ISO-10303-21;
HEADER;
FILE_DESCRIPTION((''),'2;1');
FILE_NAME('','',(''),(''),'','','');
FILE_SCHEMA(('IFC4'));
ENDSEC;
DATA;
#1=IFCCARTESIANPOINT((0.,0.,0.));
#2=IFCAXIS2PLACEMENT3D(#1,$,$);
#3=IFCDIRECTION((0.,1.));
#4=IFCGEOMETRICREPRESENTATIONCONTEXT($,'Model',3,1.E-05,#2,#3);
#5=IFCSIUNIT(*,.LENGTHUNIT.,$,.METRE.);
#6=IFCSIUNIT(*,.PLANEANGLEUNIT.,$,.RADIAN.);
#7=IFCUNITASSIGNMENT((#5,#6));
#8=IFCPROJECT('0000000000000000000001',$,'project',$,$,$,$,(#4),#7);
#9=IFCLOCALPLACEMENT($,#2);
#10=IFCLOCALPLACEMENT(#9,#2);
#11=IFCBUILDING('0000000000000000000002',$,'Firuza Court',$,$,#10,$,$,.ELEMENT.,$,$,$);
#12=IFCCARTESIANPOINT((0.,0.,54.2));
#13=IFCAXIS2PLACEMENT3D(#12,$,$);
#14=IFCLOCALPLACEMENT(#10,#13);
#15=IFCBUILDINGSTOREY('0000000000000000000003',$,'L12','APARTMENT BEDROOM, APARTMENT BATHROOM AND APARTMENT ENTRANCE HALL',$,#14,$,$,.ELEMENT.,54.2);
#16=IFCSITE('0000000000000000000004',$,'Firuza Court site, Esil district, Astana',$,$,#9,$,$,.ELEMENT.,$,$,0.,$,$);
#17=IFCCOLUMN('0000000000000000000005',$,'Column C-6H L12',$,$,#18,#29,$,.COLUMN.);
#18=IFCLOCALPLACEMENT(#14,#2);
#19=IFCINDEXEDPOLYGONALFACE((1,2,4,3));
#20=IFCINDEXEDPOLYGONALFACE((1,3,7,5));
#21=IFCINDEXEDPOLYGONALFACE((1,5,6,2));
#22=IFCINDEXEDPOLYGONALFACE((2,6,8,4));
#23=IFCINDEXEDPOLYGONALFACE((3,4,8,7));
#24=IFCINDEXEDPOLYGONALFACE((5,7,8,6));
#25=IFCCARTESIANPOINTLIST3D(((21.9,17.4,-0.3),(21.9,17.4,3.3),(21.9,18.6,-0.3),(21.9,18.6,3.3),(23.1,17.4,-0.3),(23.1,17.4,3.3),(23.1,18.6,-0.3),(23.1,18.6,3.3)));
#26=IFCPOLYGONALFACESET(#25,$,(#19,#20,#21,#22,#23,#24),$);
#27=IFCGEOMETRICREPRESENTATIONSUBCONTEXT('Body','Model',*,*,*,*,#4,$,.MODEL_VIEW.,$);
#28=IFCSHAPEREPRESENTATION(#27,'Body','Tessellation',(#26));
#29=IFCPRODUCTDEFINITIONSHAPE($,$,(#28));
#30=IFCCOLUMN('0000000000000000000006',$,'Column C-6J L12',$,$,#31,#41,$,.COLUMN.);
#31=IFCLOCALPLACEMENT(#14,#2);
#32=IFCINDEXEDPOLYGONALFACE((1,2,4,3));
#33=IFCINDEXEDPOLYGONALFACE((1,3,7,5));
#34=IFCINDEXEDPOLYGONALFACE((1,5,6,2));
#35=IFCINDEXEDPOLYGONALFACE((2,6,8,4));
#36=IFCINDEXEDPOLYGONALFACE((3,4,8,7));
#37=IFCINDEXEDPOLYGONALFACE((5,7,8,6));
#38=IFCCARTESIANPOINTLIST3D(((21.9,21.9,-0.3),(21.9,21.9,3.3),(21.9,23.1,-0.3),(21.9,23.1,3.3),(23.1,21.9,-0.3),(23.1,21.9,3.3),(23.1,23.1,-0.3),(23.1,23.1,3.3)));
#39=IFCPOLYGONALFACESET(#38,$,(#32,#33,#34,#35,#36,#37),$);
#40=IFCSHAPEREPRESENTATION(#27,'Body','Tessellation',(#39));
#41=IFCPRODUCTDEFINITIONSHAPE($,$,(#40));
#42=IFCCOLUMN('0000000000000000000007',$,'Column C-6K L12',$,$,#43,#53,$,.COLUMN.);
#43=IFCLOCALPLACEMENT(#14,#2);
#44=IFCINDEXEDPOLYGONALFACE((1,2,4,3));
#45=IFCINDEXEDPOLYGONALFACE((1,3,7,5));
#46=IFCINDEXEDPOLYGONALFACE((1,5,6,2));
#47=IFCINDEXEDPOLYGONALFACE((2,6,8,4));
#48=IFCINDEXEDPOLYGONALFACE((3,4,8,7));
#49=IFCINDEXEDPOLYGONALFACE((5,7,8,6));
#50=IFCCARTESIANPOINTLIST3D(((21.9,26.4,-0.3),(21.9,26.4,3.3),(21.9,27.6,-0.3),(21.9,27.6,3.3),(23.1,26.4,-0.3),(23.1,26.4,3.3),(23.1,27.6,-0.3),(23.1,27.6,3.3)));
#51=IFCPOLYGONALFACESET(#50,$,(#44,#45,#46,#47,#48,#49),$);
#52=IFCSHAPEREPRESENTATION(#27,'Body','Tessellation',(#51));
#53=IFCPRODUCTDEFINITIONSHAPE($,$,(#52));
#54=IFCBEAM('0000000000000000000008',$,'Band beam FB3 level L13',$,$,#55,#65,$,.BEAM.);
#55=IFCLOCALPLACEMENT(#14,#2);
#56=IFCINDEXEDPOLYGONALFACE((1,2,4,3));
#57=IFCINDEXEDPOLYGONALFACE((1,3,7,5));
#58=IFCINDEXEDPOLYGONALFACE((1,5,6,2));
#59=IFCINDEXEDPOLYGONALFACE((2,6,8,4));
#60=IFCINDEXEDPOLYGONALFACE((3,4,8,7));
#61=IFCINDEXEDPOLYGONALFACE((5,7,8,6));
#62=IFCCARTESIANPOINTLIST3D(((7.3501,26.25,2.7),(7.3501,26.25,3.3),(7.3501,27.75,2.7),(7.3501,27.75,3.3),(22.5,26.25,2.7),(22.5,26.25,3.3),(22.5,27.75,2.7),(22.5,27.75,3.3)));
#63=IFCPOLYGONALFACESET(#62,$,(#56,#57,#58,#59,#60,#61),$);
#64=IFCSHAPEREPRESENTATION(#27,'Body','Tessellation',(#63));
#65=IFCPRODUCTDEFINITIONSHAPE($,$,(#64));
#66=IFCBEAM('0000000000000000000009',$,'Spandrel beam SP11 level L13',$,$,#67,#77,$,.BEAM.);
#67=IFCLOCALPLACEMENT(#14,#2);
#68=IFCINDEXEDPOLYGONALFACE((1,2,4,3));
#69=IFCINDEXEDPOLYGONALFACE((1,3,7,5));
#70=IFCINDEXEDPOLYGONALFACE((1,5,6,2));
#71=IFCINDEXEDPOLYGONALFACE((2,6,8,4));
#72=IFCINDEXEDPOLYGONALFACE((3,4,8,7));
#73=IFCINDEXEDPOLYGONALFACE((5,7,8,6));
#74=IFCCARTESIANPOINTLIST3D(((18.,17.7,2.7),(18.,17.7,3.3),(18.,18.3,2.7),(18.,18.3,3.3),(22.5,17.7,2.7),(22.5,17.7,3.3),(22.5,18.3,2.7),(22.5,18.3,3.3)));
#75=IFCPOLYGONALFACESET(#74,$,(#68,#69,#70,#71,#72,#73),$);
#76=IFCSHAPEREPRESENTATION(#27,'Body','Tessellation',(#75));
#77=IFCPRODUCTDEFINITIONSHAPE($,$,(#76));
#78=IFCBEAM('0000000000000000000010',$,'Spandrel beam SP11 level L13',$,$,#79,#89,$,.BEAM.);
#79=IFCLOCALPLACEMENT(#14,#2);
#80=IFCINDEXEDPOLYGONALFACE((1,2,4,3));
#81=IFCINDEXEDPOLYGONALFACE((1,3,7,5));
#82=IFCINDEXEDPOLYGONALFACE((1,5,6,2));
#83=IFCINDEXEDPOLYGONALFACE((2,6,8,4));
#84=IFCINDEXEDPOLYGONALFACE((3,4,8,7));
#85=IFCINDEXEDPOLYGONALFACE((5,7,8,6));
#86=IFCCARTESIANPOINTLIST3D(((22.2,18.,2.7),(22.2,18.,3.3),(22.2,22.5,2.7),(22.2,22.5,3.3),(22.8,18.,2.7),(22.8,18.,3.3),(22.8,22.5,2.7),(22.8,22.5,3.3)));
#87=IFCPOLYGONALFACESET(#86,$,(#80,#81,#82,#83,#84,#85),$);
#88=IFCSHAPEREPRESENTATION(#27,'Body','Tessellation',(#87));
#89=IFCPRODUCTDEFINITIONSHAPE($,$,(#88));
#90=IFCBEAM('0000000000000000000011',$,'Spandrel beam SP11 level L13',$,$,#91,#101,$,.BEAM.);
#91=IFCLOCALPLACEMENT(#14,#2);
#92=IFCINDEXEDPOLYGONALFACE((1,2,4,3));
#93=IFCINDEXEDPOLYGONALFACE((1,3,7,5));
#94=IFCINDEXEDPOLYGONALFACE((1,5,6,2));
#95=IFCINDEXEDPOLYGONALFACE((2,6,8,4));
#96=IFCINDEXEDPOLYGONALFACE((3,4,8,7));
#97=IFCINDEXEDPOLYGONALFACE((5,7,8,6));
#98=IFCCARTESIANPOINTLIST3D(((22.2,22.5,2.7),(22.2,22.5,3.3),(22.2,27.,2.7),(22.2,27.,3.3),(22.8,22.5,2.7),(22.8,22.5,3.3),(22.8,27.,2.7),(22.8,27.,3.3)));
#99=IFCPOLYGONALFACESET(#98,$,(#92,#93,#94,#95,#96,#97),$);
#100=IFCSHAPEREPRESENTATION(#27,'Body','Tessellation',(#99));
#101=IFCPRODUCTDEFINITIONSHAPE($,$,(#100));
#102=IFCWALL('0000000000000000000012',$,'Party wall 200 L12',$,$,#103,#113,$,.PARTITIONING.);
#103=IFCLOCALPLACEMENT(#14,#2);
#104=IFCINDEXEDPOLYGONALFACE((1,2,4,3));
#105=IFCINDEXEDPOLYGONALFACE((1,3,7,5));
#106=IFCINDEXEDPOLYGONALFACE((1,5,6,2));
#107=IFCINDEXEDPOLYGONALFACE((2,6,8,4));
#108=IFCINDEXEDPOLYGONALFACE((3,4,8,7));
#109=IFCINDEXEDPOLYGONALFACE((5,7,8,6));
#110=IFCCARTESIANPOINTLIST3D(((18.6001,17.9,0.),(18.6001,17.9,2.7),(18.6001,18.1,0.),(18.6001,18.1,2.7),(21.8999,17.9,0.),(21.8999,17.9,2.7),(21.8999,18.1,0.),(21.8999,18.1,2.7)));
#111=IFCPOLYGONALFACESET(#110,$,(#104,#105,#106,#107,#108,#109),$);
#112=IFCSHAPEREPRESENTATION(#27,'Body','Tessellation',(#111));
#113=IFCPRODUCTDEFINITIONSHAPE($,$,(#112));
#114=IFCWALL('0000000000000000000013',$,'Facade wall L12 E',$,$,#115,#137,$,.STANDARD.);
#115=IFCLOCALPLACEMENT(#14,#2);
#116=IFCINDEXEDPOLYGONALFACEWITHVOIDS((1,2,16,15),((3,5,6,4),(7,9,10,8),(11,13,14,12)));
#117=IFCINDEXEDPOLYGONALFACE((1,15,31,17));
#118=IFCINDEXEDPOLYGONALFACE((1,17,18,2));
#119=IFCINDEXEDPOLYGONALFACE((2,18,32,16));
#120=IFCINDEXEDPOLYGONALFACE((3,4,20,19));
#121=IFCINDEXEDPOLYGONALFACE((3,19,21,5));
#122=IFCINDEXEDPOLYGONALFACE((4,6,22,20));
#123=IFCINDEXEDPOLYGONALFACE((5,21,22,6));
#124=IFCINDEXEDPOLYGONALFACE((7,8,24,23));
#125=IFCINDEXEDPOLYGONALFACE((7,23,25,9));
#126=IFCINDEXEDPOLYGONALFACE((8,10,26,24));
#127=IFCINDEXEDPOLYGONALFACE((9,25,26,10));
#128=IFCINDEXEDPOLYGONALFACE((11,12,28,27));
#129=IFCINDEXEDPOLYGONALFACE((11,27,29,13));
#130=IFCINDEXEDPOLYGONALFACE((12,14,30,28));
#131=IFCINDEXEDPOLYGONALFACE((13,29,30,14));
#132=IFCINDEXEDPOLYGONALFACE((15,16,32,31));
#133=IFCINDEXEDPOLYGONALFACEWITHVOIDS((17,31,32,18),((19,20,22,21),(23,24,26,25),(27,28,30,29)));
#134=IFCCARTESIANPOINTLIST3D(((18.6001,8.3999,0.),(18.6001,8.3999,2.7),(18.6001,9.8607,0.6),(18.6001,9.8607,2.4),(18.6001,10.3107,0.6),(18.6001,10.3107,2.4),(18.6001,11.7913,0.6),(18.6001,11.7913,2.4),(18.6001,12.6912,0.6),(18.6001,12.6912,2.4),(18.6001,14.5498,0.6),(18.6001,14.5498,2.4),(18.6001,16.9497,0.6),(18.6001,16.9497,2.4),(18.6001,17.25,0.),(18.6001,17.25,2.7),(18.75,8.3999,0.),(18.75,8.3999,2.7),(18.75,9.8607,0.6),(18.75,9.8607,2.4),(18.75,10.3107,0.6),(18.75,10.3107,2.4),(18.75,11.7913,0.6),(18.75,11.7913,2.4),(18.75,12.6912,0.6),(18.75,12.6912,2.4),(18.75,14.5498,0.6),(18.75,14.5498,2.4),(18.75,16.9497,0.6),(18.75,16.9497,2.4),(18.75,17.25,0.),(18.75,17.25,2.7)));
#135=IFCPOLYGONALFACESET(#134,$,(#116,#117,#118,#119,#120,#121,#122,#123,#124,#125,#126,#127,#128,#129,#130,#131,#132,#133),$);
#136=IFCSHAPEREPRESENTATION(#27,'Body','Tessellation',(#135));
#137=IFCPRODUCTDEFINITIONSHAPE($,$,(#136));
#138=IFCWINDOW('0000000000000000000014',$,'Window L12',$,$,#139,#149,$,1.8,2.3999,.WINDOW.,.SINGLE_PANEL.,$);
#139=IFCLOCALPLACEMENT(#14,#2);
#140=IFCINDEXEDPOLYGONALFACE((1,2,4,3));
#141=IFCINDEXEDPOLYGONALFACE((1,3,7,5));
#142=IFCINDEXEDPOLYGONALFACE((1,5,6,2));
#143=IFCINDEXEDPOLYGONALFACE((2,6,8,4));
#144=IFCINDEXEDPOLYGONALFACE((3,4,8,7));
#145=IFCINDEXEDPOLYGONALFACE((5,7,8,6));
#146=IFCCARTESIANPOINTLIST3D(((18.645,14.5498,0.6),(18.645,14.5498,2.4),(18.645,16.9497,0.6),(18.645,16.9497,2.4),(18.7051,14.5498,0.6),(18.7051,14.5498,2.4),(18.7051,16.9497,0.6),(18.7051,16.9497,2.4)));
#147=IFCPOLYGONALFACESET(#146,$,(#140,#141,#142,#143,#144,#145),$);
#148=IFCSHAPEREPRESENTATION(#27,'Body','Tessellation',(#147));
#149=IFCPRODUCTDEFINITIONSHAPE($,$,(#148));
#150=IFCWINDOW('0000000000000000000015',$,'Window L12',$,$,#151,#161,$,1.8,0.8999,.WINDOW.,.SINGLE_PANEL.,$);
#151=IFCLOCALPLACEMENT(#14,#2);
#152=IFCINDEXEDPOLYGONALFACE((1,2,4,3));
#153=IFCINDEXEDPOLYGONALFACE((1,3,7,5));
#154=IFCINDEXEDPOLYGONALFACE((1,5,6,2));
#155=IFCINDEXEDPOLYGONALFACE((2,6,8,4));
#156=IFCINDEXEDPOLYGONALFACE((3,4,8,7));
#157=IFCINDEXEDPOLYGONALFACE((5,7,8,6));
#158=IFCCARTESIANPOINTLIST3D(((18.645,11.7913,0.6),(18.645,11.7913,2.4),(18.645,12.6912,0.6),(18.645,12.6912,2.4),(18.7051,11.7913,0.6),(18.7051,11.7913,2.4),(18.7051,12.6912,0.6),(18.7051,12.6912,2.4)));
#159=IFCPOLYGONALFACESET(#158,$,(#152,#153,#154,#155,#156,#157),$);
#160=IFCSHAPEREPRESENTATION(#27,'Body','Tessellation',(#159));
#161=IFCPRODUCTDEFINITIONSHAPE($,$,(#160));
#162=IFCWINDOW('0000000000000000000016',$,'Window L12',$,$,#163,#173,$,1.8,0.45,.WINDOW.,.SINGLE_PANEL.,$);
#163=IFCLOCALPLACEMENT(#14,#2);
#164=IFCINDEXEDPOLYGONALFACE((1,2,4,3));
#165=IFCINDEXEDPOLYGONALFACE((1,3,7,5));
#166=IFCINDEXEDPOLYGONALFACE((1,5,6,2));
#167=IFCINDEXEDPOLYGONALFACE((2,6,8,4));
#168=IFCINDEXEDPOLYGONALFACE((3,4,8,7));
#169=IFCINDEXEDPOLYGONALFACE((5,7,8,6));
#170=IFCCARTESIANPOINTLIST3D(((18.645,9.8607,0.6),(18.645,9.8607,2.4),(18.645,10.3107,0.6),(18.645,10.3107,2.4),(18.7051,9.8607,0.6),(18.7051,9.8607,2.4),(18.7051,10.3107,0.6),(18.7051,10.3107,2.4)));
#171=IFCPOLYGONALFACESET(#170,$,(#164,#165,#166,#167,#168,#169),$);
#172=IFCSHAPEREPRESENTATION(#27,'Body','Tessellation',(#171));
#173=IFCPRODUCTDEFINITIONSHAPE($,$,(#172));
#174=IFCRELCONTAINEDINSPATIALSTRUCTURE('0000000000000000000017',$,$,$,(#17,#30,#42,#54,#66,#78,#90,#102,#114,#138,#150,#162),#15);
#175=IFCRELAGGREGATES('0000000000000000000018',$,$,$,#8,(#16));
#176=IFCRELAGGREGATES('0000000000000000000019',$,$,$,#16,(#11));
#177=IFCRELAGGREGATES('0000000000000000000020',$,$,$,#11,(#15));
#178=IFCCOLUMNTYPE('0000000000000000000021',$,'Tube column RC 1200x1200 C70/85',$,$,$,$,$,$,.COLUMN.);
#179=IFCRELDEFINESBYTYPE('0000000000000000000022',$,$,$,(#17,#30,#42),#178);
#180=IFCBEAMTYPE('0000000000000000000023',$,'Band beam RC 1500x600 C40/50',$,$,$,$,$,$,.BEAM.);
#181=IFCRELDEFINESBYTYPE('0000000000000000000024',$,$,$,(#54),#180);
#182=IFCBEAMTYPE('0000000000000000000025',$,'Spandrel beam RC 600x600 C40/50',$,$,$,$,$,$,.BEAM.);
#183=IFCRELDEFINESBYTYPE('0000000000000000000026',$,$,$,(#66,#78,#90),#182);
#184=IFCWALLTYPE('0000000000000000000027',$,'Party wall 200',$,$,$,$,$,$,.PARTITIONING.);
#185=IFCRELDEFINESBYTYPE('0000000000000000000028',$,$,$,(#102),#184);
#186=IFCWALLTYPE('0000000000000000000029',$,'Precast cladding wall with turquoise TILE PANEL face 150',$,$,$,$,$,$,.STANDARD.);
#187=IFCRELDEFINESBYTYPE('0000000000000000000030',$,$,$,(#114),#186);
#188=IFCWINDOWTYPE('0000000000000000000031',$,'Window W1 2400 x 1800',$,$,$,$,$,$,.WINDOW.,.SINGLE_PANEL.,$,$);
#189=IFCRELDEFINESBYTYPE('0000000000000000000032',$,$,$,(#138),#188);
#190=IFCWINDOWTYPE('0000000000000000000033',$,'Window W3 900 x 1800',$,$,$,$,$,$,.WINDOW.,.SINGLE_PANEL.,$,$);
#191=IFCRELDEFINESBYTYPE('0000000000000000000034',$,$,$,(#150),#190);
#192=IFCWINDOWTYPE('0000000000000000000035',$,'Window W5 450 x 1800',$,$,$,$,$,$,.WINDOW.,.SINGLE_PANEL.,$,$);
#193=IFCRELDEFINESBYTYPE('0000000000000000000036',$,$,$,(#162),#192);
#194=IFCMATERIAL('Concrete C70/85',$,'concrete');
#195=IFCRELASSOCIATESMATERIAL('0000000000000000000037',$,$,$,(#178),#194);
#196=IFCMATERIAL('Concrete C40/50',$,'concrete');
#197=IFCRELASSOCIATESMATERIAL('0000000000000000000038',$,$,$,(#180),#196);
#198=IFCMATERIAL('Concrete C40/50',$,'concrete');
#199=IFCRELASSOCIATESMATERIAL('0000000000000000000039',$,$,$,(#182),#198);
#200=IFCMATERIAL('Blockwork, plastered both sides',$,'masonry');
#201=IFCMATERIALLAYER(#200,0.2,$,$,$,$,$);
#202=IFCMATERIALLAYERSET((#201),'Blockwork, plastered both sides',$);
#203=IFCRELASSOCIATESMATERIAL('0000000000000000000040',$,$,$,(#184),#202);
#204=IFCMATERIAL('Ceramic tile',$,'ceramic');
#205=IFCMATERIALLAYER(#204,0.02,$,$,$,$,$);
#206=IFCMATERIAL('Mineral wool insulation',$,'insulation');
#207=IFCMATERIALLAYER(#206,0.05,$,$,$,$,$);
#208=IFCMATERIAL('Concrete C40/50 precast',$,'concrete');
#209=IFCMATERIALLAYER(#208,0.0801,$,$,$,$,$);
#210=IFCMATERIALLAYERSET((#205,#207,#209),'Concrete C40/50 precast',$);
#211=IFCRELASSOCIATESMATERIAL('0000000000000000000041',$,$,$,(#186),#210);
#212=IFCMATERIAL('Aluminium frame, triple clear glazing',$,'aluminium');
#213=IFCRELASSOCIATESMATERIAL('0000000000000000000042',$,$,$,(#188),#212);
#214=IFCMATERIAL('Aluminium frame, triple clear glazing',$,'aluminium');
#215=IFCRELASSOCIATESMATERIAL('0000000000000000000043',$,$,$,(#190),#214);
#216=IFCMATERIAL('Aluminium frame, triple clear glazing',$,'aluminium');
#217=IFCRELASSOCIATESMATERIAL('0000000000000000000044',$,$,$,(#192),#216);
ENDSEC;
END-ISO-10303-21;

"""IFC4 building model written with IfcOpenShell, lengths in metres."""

from ifc_helpers import new_model, si_unit, direction, frame, frame_2d, origin, origin_2d, place, context, subcontext, project, spatial, rectangle, extrude, material, layer, layer_set, material_profile, profile_set, type_object, element, fill, save


model = new_model("IFC4")

# Units and contexts
model_context = context("Model", 3, precision=1e-05, world=origin(), true_north=direction((0.0, 1.0)))
body_context = subcontext(model_context, "Body", "Model", "MODEL_VIEW")
ifc_project = project(units=[si_unit("LENGTHUNIT", "METRE"), si_unit("PLANEANGLEUNIT", "RADIAN")], contexts=[model_context])

# Site, building, storey
site_placement = place(None, origin())
site = spatial("IfcSite", under=ifc_project, at=site_placement, Name="Firuza Court site, Esil district, Astana", CompositionType="ELEMENT", RefElevation=0.0)
building_placement = place(site_placement, origin())
building = spatial("IfcBuilding", under=site, at=building_placement, Name="Firuza Court", CompositionType="ELEMENT")
storey_placement = place(building_placement, frame((0.0, 0.0, 54.2)))
storey = spatial("IfcBuildingStorey", under=building, at=storey_placement, Name="L12", Description="APARTMENT BEDROOM, APARTMENT BATHROOM AND APARTMENT ENTRANCE HALL", CompositionType="ELEMENT", Elevation=54.2)

# Columns
ifc_material_1 = material(Name="Concrete C70/85", Category="concrete")
ifc_material_profile_1 = material_profile(ifc_material_1, rectangle(XDim=1.2, YDim=1.2, at=origin_2d()), Name="RC 1200x1200")
ifc_profile_set_1 = profile_set([ifc_material_profile_1], Name="Concrete C70/85")
column_type = type_object("IfcColumnType", Name="Tube column RC 1200x1200 C70/85", PredefinedType="COLUMN", material=ifc_profile_set_1)
for number, where, z_axis, x_axis, name in (
    (1, (22.5, 18.0, -0.3), (0.0, 0.0, 1.0), (1.0, 0.0, 0.0), "Column C-6H L12"),
    (2, (22.5, 22.5, -0.3), (0.0, 0.0, 1.0), (1.0, 0.0, 0.0), "Column C-6J L12"),
    (3, (22.5, 27.0, -0.3), (0.0, 0.0, 1.0), (1.0, 0.0, 0.0), "Column C-6K L12"),
):
    element("IfcColumn", number, at=place(storey_placement, frame(where, z_axis=z_axis, x_axis=x_axis)), inside=storey, type_object=column_type, Name=name, PredefinedType="COLUMN", context=body_context, shape_type="SweptSolid", body=[
        extrude(rectangle(XDim=1.2, YDim=1.2, at=origin_2d()), origin(), (0.0, 0.0, 1.0), 3.6001),
    ])

# Beams
ifc_material_2 = material(Name="Concrete C40/50", Category="concrete")
ifc_material_profile_2 = material_profile(ifc_material_2, rectangle(XDim=1.5, YDim=0.6001, at=origin_2d()), Name="RC 1500x600")
ifc_profile_set_2 = profile_set([ifc_material_profile_2], Name="Concrete C40/50")
beam_type_1 = type_object("IfcBeamType", Name="Band beam RC 1500x600 C40/50", PredefinedType="BEAM", material=ifc_profile_set_2)
beam_placement = place(storey_placement, frame((22.5, 27.0, 3.0), z_axis=(-1.0, 0.0, 0.0), x_axis=(0.0, -1.0, 0.0)))
element("IfcBeam", 4, at=beam_placement, inside=storey, type_object=beam_type_1, Name="Band beam FB3 level L13", PredefinedType="BEAM", context=body_context, shape_type="SweptSolid", body=[
    extrude(rectangle(XDim=1.5, YDim=0.6001, at=origin_2d()), origin(), (0.0, 0.0, 1.0), 15.1499),
])
ifc_material_3 = material(Name="Concrete C40/50", Category="concrete")
ifc_material_profile_3 = material_profile(ifc_material_3, rectangle(XDim=0.6001, YDim=0.6001, at=origin_2d()), Name="RC 600x600")
ifc_profile_set_3 = profile_set([ifc_material_profile_3], Name="Concrete C40/50")
beam_type_2 = type_object("IfcBeamType", Name="Spandrel beam RC 600x600 C40/50", PredefinedType="BEAM", material=ifc_profile_set_3)
for number, where, z_axis, x_axis, name in (
    (5, (18.0, 18.0, 3.0), (1.0, 0.0, 0.0), (0.0, 1.0, 0.0), "Spandrel beam SP11 level L13"),
    (6, (22.5, 18.0, 3.0), (0.0, 1.0, 0.0), (-1.0, 0.0, 0.0), "Spandrel beam SP11 level L13"),
    (7, (22.5, 22.5, 3.0), (0.0, 1.0, 0.0), (-1.0, 0.0, 0.0), "Spandrel beam SP11 level L13"),
):
    element("IfcBeam", number, at=place(storey_placement, frame(where, z_axis=z_axis, x_axis=x_axis)), inside=storey, type_object=beam_type_2, Name=name, PredefinedType="BEAM", context=body_context, shape_type="SweptSolid", body=[
        extrude(rectangle(XDim=0.6001, YDim=0.6001, at=origin_2d()), origin(), (0.0, 0.0, 1.0), 4.5),
    ])

# Wall
ifc_material_4 = material(Name="Blockwork, plastered both sides", Category="masonry")
ifc_layer_1 = layer(ifc_material_4, 0.2)
ifc_layer_set_1 = layer_set([ifc_layer_1], Name="Blockwork, plastered both sides")
wall_type_1 = type_object("IfcWallType", Name="Party wall 200", PredefinedType="PARTITIONING", material=ifc_layer_set_1)
wall_1_placement = place(storey_placement, frame((18.6001, 18.0, 0.0), z_axis=(0.0, 0.0, 1.0), x_axis=(1.0, 0.0, 0.0)))
element("IfcWall", 8, at=wall_1_placement, inside=storey, type_object=wall_type_1, Name="Party wall 200 L12", PredefinedType="PARTITIONING", context=body_context, shape_type="SweptSolid", body=[
    extrude(rectangle(XDim=3.2998, YDim=0.2, at=frame_2d((1.6499, 0.0))), origin(), (0.0, 0.0, 1.0), 2.7),
])

# Wall, openings, windows
ifc_material_5 = material(Name="Ceramic tile", Category="ceramic")
ifc_layer_2 = layer(ifc_material_5, 0.02)
ifc_material_6 = material(Name="Mineral wool insulation", Category="insulation")
ifc_layer_3 = layer(ifc_material_6, 0.05)
ifc_material_7 = material(Name="Concrete C40/50 precast", Category="concrete")
ifc_layer_4 = layer(ifc_material_7, 0.0801)
ifc_layer_set_2 = layer_set([ifc_layer_2, ifc_layer_3, ifc_layer_4], Name="Concrete C40/50 precast")
wall_type_2 = type_object("IfcWallType", Name="Precast cladding wall with turquoise TILE PANEL face 150", PredefinedType="STANDARD", material=ifc_layer_set_2)
wall_2_placement = place(storey_placement, frame((18.675, 8.3999, 0.0), z_axis=(0.0, 0.0, 1.0), x_axis=(0.0, 1.0, 0.0)))
wall_2 = element("IfcWall", 9, at=wall_2_placement, inside=storey, type_object=wall_type_2, Name="Facade wall L12 E", PredefinedType="STANDARD", context=body_context, shape_type="SweptSolid", body=[
    extrude(rectangle(XDim=8.8501, YDim=0.1499, at=frame_2d((4.425, 0.0))), origin(), (0.0, 0.0, 1.0), 2.7),
])
opening_1_placement = place(wall_2_placement, frame((1.4607, 0.0, 0.6001)))
opening_1 = element("IfcOpeningElement", 10, at=opening_1_placement, cuts=wall_2, PredefinedType="OPENING", context=body_context, shape_type="SweptSolid", body=[
    extrude(rectangle(XDim=0.45, YDim=1.8, at=frame_2d((0.2251, 0.8999))), frame((0.0, 0.0869, 0.0), z_axis=(0.0, -1.0, 0.0), x_axis=(1.0, 0.0, 0.0)), (0.0, 0.0, 1.0), 0.1738),
])
opening_2_placement = place(wall_2_placement, frame((3.3914, 0.0, 0.6001)))
opening_2 = element("IfcOpeningElement", 11, at=opening_2_placement, cuts=wall_2, PredefinedType="OPENING", context=body_context, shape_type="SweptSolid", body=[
    extrude(rectangle(XDim=0.8999, YDim=1.8, at=frame_2d((0.45, 0.8999))), frame((0.0, 0.0869, 0.0), z_axis=(0.0, -1.0, 0.0), x_axis=(1.0, 0.0, 0.0)), (0.0, 0.0, 1.0), 0.1738),
])
opening_3_placement = place(wall_2_placement, frame((6.1499, 0.0, 0.6001)))
opening_3 = element("IfcOpeningElement", 12, at=opening_3_placement, cuts=wall_2, PredefinedType="OPENING", context=body_context, shape_type="SweptSolid", body=[
    extrude(rectangle(XDim=2.3999, YDim=1.8, at=frame_2d((1.2, 0.8999))), frame((0.0, 0.0869, 0.0), z_axis=(0.0, -1.0, 0.0), x_axis=(1.0, 0.0, 0.0)), (0.0, 0.0, 1.0), 0.1738),
])
ifc_material_8 = material(Name="Aluminium frame, triple clear glazing", Category="aluminium")
window_type_1 = type_object("IfcWindowType", Name="Window W1 2400 x 1800", PartitioningType="SINGLE_PANEL", PredefinedType="WINDOW", material=ifc_material_8)
window_1_placement = place(opening_3_placement, origin())
window_1 = element("IfcWindow", 13, at=window_1_placement, inside=storey, type_object=window_type_1, Name="Window L12", OverallHeight=1.8, OverallWidth=2.3999, PartitioningType="SINGLE_PANEL", PredefinedType="WINDOW", context=body_context, shape_type="SweptSolid", body=[
    extrude(rectangle(XDim=2.3999, YDim=1.8, at=frame_2d((1.2, 0.8999))), frame((0.0, 0.03, 0.0), z_axis=(0.0, -1.0, 0.0), x_axis=(1.0, 0.0, 0.0)), (0.0, 0.0, 1.0), 0.0601),
])
fill(opening_3, window_1)
ifc_material_9 = material(Name="Aluminium frame, triple clear glazing", Category="aluminium")
window_type_2 = type_object("IfcWindowType", Name="Window W3 900 x 1800", PartitioningType="SINGLE_PANEL", PredefinedType="WINDOW", material=ifc_material_9)
window_2_placement = place(opening_2_placement, origin())
window_2 = element("IfcWindow", 14, at=window_2_placement, inside=storey, type_object=window_type_2, Name="Window L12", OverallHeight=1.8, OverallWidth=0.8999, PartitioningType="SINGLE_PANEL", PredefinedType="WINDOW", context=body_context, shape_type="SweptSolid", body=[
    extrude(rectangle(XDim=0.8999, YDim=1.8, at=frame_2d((0.45, 0.8999))), frame((0.0, 0.03, 0.0), z_axis=(0.0, -1.0, 0.0), x_axis=(1.0, 0.0, 0.0)), (0.0, 0.0, 1.0), 0.0601),
])
fill(opening_2, window_2)
ifc_material_10 = material(Name="Aluminium frame, triple clear glazing", Category="aluminium")
window_type_3 = type_object("IfcWindowType", Name="Window W5 450 x 1800", PartitioningType="SINGLE_PANEL", PredefinedType="WINDOW", material=ifc_material_10)
window_3_placement = place(opening_1_placement, origin())
window_3 = element("IfcWindow", 15, at=window_3_placement, inside=storey, type_object=window_type_3, Name="Window L12", OverallHeight=1.8, OverallWidth=0.45, PartitioningType="SINGLE_PANEL", PredefinedType="WINDOW", context=body_context, shape_type="SweptSolid", body=[
    extrude(rectangle(XDim=0.45, YDim=1.8, at=frame_2d((0.2251, 0.8999))), frame((0.0, 0.03, 0.0), z_axis=(0.0, -1.0, 0.0), x_axis=(1.0, 0.0, 0.0)), (0.0, 0.0, 1.0), 0.0601),
])
fill(opening_1, window_3)

save(model, "model.ifc")
